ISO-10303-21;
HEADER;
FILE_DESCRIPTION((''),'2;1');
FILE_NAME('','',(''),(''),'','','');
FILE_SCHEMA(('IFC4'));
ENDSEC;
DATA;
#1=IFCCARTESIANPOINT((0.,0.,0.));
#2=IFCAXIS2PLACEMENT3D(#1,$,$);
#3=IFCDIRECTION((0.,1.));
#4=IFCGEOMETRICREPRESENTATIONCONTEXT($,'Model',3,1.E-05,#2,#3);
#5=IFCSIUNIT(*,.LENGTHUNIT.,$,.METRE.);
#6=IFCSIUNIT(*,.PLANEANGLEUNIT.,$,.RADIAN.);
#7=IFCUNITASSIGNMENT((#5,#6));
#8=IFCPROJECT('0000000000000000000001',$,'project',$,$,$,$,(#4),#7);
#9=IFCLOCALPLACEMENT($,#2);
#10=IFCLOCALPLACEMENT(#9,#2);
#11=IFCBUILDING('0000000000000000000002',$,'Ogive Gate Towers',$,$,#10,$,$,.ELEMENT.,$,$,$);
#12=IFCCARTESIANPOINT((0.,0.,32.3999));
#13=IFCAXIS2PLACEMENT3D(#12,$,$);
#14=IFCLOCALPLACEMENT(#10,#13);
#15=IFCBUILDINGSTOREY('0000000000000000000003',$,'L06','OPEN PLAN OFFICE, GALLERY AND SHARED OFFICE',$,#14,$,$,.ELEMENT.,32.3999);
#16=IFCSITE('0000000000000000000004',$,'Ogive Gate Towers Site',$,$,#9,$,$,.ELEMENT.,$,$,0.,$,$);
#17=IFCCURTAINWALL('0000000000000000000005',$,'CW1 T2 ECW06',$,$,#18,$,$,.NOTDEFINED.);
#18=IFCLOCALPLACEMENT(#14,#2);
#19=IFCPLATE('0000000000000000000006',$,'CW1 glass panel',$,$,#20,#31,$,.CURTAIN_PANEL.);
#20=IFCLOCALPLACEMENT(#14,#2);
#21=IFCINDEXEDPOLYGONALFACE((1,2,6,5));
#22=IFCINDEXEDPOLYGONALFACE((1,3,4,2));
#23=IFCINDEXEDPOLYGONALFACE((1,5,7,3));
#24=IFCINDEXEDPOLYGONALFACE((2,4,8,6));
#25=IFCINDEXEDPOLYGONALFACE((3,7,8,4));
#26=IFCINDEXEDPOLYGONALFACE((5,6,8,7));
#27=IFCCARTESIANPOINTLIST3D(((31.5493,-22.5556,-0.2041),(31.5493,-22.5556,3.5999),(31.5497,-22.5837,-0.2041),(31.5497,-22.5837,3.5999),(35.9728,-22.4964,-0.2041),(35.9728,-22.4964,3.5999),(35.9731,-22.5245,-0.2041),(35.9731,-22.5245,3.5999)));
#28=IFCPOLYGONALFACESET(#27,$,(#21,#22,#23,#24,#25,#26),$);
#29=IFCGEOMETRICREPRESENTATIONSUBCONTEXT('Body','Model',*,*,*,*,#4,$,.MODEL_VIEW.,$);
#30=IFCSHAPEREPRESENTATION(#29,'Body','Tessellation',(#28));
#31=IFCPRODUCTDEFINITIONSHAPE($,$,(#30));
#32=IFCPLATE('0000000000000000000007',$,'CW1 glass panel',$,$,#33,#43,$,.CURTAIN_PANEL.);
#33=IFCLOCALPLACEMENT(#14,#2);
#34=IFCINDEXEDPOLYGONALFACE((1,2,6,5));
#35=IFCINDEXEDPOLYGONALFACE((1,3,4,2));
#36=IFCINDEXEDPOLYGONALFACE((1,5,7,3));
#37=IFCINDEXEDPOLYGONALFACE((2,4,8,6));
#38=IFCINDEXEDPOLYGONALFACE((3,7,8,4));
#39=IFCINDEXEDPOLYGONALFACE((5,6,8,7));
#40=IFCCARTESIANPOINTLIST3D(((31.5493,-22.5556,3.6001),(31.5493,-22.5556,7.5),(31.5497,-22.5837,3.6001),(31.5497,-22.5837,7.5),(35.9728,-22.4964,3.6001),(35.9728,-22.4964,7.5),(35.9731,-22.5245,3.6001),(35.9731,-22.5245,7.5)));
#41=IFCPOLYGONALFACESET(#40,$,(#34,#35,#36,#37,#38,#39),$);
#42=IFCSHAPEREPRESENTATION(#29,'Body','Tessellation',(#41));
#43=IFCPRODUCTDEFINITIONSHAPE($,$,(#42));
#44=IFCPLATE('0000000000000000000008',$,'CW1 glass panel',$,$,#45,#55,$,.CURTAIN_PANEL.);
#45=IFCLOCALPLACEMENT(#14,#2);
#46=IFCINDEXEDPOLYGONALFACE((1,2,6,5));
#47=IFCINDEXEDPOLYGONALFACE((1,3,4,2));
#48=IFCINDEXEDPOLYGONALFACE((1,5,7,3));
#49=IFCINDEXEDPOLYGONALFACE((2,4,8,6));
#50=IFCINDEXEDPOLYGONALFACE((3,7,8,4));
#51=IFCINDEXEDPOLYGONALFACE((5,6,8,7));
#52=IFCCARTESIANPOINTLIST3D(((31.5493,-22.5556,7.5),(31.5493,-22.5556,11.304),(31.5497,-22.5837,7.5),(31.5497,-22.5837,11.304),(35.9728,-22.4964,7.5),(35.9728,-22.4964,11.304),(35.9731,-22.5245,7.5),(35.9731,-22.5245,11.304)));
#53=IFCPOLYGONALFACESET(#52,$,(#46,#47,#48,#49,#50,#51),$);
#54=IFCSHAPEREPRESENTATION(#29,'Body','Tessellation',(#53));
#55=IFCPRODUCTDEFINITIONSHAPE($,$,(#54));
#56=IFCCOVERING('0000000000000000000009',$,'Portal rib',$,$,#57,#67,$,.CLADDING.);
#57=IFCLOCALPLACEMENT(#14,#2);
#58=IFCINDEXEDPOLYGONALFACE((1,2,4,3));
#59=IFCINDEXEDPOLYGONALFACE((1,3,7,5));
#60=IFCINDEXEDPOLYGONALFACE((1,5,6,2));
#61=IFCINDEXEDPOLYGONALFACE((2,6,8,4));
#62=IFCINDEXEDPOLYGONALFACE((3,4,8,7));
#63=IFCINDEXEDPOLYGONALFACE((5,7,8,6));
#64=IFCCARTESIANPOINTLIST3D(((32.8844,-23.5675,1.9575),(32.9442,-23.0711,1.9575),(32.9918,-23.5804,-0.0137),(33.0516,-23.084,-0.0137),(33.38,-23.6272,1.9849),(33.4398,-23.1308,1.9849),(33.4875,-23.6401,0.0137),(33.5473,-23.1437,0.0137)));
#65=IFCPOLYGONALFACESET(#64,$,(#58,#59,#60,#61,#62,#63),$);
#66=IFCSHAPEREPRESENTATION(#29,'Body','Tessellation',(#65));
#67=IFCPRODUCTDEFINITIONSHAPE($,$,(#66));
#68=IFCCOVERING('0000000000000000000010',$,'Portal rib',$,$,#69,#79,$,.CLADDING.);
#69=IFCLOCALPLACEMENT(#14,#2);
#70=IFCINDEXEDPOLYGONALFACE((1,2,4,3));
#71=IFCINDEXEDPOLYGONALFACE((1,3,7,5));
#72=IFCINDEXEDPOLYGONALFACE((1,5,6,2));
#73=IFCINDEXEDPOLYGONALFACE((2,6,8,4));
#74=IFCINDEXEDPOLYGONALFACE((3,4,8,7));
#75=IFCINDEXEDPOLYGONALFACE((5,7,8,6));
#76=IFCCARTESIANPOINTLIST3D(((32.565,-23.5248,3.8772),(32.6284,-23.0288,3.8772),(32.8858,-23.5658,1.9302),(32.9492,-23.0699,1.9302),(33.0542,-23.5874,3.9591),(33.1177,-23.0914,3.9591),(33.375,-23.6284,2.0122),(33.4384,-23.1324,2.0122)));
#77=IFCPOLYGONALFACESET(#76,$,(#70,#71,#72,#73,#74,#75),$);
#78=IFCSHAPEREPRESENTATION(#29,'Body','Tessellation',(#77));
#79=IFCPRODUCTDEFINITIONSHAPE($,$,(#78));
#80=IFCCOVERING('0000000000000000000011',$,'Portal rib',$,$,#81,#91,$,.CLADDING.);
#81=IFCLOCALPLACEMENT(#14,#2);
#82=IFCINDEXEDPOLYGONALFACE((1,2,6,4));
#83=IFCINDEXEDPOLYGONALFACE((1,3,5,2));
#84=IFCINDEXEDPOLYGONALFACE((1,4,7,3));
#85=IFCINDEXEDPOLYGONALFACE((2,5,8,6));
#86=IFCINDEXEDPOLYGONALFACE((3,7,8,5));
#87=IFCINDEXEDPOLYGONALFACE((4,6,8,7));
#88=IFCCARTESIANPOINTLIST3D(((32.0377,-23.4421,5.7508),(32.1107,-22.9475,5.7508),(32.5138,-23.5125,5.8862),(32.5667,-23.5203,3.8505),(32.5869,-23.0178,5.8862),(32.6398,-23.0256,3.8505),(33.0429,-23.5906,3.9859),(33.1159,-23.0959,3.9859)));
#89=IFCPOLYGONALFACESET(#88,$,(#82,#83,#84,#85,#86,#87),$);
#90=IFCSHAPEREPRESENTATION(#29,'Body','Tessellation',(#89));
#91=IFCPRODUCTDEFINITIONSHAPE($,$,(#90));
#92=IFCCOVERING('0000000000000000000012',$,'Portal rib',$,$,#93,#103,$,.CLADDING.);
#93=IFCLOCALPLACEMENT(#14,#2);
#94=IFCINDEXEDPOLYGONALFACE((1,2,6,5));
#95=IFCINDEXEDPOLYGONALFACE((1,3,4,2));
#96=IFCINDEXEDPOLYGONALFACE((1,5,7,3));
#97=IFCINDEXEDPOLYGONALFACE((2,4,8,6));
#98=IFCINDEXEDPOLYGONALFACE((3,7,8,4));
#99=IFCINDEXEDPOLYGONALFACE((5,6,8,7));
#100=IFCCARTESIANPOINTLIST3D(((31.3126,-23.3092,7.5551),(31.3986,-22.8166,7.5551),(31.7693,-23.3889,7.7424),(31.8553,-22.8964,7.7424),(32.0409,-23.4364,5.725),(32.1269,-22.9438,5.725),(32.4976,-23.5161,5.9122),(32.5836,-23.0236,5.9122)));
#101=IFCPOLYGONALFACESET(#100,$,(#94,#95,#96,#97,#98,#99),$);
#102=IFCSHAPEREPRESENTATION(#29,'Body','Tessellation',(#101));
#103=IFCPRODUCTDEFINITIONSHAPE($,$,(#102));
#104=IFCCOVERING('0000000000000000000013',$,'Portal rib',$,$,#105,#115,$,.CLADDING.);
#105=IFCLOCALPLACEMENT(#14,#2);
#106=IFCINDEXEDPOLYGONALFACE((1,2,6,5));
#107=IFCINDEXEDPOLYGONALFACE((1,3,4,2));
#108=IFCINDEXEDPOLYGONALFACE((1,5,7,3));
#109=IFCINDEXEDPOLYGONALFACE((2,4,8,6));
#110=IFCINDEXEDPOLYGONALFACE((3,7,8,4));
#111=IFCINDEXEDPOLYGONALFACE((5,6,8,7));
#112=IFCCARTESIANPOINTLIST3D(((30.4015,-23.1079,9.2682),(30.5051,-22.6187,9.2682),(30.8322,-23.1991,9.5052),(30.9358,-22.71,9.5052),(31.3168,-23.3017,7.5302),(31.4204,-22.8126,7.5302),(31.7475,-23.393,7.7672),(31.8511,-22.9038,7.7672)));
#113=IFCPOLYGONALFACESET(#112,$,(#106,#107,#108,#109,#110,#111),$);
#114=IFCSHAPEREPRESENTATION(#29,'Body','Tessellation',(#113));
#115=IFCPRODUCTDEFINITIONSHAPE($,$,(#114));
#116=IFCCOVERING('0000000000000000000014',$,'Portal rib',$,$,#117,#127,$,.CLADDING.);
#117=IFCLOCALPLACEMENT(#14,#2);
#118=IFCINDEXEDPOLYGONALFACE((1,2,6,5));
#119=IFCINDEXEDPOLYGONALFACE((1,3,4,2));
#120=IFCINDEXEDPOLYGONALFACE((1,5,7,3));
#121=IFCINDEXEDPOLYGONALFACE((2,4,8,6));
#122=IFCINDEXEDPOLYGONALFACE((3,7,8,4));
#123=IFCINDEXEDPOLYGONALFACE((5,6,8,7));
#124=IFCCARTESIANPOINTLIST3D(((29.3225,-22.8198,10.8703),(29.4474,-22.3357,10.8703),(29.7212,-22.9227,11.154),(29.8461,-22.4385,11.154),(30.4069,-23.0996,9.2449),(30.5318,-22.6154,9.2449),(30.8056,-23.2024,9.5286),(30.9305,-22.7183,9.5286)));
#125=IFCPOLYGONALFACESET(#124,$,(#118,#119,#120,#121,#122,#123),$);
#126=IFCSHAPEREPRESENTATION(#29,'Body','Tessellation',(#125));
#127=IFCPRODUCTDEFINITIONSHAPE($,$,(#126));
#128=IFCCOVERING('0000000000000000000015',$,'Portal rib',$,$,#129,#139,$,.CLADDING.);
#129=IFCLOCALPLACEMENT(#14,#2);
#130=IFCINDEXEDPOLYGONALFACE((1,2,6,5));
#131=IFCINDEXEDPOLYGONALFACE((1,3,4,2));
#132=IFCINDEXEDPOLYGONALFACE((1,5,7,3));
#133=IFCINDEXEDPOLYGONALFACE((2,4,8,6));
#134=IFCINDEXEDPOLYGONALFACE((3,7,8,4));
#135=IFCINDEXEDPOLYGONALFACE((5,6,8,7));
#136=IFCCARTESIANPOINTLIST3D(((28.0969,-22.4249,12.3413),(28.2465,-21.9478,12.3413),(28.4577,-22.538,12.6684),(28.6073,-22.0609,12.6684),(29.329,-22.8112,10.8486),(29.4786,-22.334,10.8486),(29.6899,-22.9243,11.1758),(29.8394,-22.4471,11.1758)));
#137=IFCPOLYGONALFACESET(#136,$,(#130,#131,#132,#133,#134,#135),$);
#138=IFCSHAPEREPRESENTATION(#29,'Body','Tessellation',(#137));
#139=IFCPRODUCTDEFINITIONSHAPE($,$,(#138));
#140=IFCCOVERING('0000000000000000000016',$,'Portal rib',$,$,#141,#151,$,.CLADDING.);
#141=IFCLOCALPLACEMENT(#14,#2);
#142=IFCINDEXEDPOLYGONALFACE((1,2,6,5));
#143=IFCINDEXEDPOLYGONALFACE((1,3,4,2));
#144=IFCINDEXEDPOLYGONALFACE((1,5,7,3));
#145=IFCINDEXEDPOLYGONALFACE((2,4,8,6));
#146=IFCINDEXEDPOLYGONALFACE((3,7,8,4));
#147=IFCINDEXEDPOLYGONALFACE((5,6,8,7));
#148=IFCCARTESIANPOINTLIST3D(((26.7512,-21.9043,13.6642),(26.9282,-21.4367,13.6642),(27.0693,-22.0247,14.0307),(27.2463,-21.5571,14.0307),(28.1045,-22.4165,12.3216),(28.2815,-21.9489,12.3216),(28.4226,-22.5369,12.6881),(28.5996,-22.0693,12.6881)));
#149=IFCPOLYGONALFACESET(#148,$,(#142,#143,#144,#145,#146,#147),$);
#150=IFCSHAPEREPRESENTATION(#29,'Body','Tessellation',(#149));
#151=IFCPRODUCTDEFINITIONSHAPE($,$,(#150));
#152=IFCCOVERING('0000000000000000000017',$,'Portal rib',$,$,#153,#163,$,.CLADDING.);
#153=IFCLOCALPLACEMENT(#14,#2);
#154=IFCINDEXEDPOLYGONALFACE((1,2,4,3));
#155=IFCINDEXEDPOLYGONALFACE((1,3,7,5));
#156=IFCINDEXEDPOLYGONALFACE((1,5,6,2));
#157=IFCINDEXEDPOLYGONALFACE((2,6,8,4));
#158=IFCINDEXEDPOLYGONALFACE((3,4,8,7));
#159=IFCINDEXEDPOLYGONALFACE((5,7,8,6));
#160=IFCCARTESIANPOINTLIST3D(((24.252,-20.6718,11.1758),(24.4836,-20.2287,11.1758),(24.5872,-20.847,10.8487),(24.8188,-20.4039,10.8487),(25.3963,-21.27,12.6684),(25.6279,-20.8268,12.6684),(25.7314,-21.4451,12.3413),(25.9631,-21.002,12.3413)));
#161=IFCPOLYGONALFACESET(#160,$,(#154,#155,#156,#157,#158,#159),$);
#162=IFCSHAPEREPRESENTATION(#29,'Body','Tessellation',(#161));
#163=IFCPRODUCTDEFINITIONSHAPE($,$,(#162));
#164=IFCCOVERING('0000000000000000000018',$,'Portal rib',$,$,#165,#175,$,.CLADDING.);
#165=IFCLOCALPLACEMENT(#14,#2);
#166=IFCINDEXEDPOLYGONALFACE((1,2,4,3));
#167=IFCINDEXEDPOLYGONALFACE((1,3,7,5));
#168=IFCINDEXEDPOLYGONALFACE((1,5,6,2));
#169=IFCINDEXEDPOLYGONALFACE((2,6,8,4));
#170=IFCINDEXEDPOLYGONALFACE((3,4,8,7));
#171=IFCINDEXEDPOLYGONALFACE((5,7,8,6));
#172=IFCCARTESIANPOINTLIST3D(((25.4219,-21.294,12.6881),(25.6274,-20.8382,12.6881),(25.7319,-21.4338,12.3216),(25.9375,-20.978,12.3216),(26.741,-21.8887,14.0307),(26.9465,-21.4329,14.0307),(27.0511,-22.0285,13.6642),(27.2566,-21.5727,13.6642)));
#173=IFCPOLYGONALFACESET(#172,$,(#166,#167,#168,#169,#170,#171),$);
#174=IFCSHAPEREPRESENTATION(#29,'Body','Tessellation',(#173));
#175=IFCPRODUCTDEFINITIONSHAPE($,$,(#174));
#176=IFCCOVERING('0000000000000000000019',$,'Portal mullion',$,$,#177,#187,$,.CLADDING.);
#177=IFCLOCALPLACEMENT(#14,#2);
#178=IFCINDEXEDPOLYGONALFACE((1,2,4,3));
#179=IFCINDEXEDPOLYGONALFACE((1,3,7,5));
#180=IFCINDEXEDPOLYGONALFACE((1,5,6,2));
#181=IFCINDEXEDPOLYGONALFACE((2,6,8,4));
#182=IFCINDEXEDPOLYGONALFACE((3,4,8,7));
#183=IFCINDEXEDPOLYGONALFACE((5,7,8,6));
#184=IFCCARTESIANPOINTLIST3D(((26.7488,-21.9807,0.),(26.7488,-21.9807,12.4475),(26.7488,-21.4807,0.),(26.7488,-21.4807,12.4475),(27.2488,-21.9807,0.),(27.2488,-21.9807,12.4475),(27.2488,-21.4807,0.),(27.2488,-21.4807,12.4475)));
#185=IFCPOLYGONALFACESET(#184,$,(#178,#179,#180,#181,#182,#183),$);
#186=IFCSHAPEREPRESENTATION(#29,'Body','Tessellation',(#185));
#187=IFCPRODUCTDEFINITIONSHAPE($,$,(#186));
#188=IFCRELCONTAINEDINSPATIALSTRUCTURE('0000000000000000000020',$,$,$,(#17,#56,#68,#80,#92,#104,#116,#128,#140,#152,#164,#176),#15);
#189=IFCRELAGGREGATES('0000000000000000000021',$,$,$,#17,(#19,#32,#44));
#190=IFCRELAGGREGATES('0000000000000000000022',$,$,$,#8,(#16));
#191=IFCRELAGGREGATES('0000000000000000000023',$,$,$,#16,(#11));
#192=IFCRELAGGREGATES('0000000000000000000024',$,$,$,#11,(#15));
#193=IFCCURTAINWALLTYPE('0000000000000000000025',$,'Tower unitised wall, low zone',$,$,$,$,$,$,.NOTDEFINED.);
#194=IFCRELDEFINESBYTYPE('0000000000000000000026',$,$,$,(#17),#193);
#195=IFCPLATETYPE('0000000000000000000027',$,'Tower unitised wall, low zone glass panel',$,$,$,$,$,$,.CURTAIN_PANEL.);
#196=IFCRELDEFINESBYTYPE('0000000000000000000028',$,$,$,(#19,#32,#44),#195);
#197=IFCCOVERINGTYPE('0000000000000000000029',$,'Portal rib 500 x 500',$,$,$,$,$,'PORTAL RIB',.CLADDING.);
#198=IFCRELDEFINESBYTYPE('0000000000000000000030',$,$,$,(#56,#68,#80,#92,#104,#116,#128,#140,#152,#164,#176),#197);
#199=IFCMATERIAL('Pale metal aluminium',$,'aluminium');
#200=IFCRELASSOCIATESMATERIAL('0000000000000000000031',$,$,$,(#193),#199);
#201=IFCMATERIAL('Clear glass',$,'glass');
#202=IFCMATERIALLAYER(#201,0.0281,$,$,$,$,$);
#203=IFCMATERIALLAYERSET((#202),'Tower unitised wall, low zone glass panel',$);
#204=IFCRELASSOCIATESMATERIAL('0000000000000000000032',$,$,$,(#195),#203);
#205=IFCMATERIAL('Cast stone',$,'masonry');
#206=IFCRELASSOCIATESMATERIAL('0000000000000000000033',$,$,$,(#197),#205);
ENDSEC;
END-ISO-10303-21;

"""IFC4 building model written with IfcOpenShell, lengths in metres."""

from ifc_helpers import new_model, si_unit, direction, frame, origin, origin_2d, place, context, subcontext, project, spatial, rectangle, extrude, material, layer, layer_set, material_profile, profile_set, type_object, element, aggregate, save


model = new_model("IFC4")

# Units and contexts
model_context = context("Model", 3, precision=1e-05, world=origin(), true_north=direction((0.0, 1.0)))
body_context = subcontext(model_context, "Body", "Model", "MODEL_VIEW")
ifc_project = project(units=[si_unit("LENGTHUNIT", "METRE"), si_unit("PLANEANGLEUNIT", "RADIAN")], contexts=[model_context])

# Site, building, storey
site_placement = place(None, origin())
site = spatial("IfcSite", under=ifc_project, at=site_placement, Name="Ogive Gate Towers Site", CompositionType="ELEMENT", RefElevation=0.0)
building_placement = place(site_placement, origin())
building = spatial("IfcBuilding", under=site, at=building_placement, Name="Ogive Gate Towers", CompositionType="ELEMENT")
storey_placement = place(building_placement, frame((0.0, 0.0, 32.3999)))
storey = spatial("IfcBuildingStorey", under=building, at=storey_placement, Name="L06", Description="OPEN PLAN OFFICE, GALLERY AND SHARED OFFICE", CompositionType="ELEMENT", Elevation=32.3999)

# Curtain wall, plates
ifc_material_1 = material(Name="Pale metal aluminium", Category="aluminium")
curtain_wall_type = type_object("IfcCurtainWallType", Name="Tower unitised wall, low zone", PredefinedType="NOTDEFINED", material=ifc_material_1)
curtain_wall_placement = place(storey_placement, origin())
curtain_wall = element("IfcCurtainWall", 1, at=curtain_wall_placement, inside=storey, type_object=curtain_wall_type, Name="CW1 T2 ECW06", PredefinedType="NOTDEFINED")
ifc_material_2 = material(Name="Clear glass", Category="glass")
ifc_layer = layer(ifc_material_2, 0.0281)
ifc_layer_set = layer_set([ifc_layer], Name="Tower unitised wall, low zone glass panel")
plate_type = type_object("IfcPlateType", Name="Tower unitised wall, low zone glass panel", PredefinedType="CURTAIN_PANEL", material=ifc_layer_set)
plate_1_placement = place(storey_placement, frame((33.7612, -22.54, -0.2041), z_axis=(0.0, 0.0, 1.0), x_axis=(0.99991, 0.013386, 0.0)))
plate_1 = element("IfcPlate", 2, at=plate_1_placement, type_object=plate_type, Name="CW1 glass panel", PredefinedType="CURTAIN_PANEL", context=body_context, shape_type="SweptSolid", body=[
    extrude(rectangle(XDim=4.4238, YDim=0.0281, at=origin_2d()), origin(), (0.0, 0.0, 1.0), 3.804),
])
plate_2_placement = place(storey_placement, frame((33.7612, -22.54, 3.6001), z_axis=(0.0, 0.0, 1.0), x_axis=(0.99991, 0.013386, 0.0)))
plate_2 = element("IfcPlate", 3, at=plate_2_placement, type_object=plate_type, Name="CW1 glass panel", PredefinedType="CURTAIN_PANEL", context=body_context, shape_type="SweptSolid", body=[
    extrude(rectangle(XDim=4.4238, YDim=0.0281, at=origin_2d()), origin(), (0.0, 0.0, 1.0), 3.8999),
])
plate_3_placement = place(storey_placement, frame((33.7612, -22.54, 7.5), z_axis=(0.0, 0.0, 1.0), x_axis=(0.99991, 0.013386, 0.0)))
plate_3 = element("IfcPlate", 4, at=plate_3_placement, type_object=plate_type, Name="CW1 glass panel", PredefinedType="CURTAIN_PANEL", context=body_context, shape_type="SweptSolid", body=[
    extrude(rectangle(XDim=4.4238, YDim=0.0281, at=origin_2d()), origin(), (0.0, 0.0, 1.0), 3.804),
])
aggregate(curtain_wall, [plate_1, plate_2, plate_3])

# Coverings
ifc_material_3 = material(Name="Cast stone", Category="masonry")
ifc_material_profile_1 = material_profile(ifc_material_3, rectangle(XDim=0.5, YDim=0.5, at=origin_2d()), Name="500 x 500 cast stone")
ifc_profile_set_1 = profile_set([ifc_material_profile_1], Name="Cast stone")
covering_type = type_object("IfcCoveringType", Name="Portal rib 500 x 500", ElementType="PORTAL RIB", PredefinedType="CLADDING", material=ifc_profile_set_1)
covering_1_placement = place(storey_placement, frame((33.2695, -23.3621, 0.0), z_axis=(-0.054414, 0.006554, 0.998497), x_axis=(-0.11959, -0.992823, 0.0)))
element("IfcCovering", 5, at=covering_1_placement, inside=storey, type_object=covering_type, Name="Portal rib", PredefinedType="CLADDING", context=body_context, shape_type="SweptSolid", body=[
    extrude(rectangle(XDim=0.5, YDim=0.5, at=origin_2d()), origin(), (0.0, 0.0, 1.0), 1.9741),
])
covering_2_placement = place(storey_placement, frame((33.1621, -23.3491, 1.9712), z_axis=(-0.162538, 0.020781, 0.986483), x_axis=(-0.126822, -0.991926, 0.0)))
element("IfcCovering", 6, at=covering_2_placement, inside=storey, type_object=covering_type, Name="Portal rib", PredefinedType="CLADDING", context=body_context, shape_type="SweptSolid", body=[
    extrude(rectangle(XDim=0.5, YDim=0.5, at=origin_2d()), origin(), (0.0, 0.0, 1.0), 1.9736),
])
covering_3_placement = place(storey_placement, frame((32.8413, -23.3081, 3.9182), z_axis=(-0.267983, 0.039573, 0.962611), x_axis=(-0.146085, -0.989272, 0.0)))
element("IfcCovering", 7, at=covering_3_placement, inside=storey, type_object=covering_type, Name="Portal rib", PredefinedType="CLADDING", context=body_context, shape_type="SweptSolid", body=[
    extrude(rectangle(XDim=0.5, YDim=0.5, at=origin_2d()), origin(), (0.0, 0.0, 1.0), 1.9741),
])
for number, where, z_axis, x_axis, name in (
    (8, (32.3123, -23.23, 5.8186), (-0.368976, 0.064444, 0.927202), (-0.172052, -0.985088, 0.0), "Portal rib"),
    (9, (31.584, -23.1028, 7.6487), (-0.463704, 0.098208, 0.88053), (-0.207194, -0.9783, 0.0), "Portal rib"),
    (10, (30.6687, -22.9089, 9.3867), (-0.549386, 0.141737, 0.82346), (-0.249812, -0.968294, 0.0), "Portal rib"),
):
    element("IfcCovering", number, at=place(storey_placement, frame(where, z_axis=z_axis, x_axis=x_axis)), inside=storey, type_object=covering_type, Name=name, PredefinedType="CLADDING", context=body_context, shape_type="SweptSolid", body=[
        extrude(rectangle(XDim=0.5, YDim=0.5, at=origin_2d()), origin(), (0.0, 0.0, 1.0), 1.9739),
    ])
covering_4_placement = place(storey_placement, frame((29.5842, -22.6292, 11.0122), z_axis=(-0.624296, 0.195688, 0.756281), x_axis=(-0.299104, -0.954221, 0.0)))
element("IfcCovering", 11, at=covering_4_placement, inside=storey, type_object=covering_type, Name="Portal rib", PredefinedType="CLADDING", context=body_context, shape_type="SweptSolid", body=[
    extrude(rectangle(XDim=0.5, YDim=0.5, at=origin_2d()), origin(), (0.0, 0.0, 1.0), 1.9736),
])
covering_5_placement = place(storey_placement, frame((28.3521, -22.2429, 12.5049), z_axis=(-0.6856, 0.259496, 0.680158), x_axis=(-0.353988, -0.93525, 0.0)))
element("IfcCovering", 12, at=covering_5_placement, inside=storey, type_object=covering_type, Name="Portal rib", PredefinedType="CLADDING", context=body_context, shape_type="SweptSolid", body=[
    extrude(rectangle(XDim=0.5, YDim=0.5, at=origin_2d()), origin(), (0.0, 0.0, 1.0), 1.9739),
])
covering_6_placement = place(storey_placement, frame((24.5354, -20.5378, 11.0122), z_axis=(0.579785, -0.303067, 0.756306), x_axis=(0.463251, 0.886227, 0.0)))
element("IfcCovering", 13, at=covering_6_placement, inside=storey, type_object=covering_type, Name="Portal rib", PredefinedType="CLADDING", context=body_context, shape_type="SweptSolid", body=[
    extrude(rectangle(XDim=0.5, YDim=0.5, at=origin_2d()), origin(), (0.0, 0.0, 1.0), 1.9736),
])
covering_7_placement = place(storey_placement, frame((25.6797, -21.136, 12.5049), z_axis=(0.668283, -0.301303, 0.680157), x_axis=(0.411017, 0.911628, 0.0)))
element("IfcCovering", 14, at=covering_7_placement, inside=storey, type_object=covering_type, Name="Portal rib", PredefinedType="CLADDING", context=body_context, shape_type="SweptSolid", body=[
    extrude(rectangle(XDim=0.5, YDim=0.5, at=origin_2d()), origin(), (0.0, 0.0, 1.0), 1.9739),
])
covering_8_placement = place(storey_placement, frame((26.9988, -21.7307, 0.0), z_axis=(0.0, 0.0, 1.0), x_axis=(1.0, 0.0, 0.0)))
element("IfcCovering", 15, at=covering_8_placement, inside=storey, type_object=covering_type, Name="Portal mullion", PredefinedType="CLADDING", context=body_context, shape_type="SweptSolid", body=[
    extrude(rectangle(XDim=0.5, YDim=0.5, at=origin_2d()), origin(), (0.0, 0.0, 1.0), 12.4475),
])

save(model, "model.ifc")
